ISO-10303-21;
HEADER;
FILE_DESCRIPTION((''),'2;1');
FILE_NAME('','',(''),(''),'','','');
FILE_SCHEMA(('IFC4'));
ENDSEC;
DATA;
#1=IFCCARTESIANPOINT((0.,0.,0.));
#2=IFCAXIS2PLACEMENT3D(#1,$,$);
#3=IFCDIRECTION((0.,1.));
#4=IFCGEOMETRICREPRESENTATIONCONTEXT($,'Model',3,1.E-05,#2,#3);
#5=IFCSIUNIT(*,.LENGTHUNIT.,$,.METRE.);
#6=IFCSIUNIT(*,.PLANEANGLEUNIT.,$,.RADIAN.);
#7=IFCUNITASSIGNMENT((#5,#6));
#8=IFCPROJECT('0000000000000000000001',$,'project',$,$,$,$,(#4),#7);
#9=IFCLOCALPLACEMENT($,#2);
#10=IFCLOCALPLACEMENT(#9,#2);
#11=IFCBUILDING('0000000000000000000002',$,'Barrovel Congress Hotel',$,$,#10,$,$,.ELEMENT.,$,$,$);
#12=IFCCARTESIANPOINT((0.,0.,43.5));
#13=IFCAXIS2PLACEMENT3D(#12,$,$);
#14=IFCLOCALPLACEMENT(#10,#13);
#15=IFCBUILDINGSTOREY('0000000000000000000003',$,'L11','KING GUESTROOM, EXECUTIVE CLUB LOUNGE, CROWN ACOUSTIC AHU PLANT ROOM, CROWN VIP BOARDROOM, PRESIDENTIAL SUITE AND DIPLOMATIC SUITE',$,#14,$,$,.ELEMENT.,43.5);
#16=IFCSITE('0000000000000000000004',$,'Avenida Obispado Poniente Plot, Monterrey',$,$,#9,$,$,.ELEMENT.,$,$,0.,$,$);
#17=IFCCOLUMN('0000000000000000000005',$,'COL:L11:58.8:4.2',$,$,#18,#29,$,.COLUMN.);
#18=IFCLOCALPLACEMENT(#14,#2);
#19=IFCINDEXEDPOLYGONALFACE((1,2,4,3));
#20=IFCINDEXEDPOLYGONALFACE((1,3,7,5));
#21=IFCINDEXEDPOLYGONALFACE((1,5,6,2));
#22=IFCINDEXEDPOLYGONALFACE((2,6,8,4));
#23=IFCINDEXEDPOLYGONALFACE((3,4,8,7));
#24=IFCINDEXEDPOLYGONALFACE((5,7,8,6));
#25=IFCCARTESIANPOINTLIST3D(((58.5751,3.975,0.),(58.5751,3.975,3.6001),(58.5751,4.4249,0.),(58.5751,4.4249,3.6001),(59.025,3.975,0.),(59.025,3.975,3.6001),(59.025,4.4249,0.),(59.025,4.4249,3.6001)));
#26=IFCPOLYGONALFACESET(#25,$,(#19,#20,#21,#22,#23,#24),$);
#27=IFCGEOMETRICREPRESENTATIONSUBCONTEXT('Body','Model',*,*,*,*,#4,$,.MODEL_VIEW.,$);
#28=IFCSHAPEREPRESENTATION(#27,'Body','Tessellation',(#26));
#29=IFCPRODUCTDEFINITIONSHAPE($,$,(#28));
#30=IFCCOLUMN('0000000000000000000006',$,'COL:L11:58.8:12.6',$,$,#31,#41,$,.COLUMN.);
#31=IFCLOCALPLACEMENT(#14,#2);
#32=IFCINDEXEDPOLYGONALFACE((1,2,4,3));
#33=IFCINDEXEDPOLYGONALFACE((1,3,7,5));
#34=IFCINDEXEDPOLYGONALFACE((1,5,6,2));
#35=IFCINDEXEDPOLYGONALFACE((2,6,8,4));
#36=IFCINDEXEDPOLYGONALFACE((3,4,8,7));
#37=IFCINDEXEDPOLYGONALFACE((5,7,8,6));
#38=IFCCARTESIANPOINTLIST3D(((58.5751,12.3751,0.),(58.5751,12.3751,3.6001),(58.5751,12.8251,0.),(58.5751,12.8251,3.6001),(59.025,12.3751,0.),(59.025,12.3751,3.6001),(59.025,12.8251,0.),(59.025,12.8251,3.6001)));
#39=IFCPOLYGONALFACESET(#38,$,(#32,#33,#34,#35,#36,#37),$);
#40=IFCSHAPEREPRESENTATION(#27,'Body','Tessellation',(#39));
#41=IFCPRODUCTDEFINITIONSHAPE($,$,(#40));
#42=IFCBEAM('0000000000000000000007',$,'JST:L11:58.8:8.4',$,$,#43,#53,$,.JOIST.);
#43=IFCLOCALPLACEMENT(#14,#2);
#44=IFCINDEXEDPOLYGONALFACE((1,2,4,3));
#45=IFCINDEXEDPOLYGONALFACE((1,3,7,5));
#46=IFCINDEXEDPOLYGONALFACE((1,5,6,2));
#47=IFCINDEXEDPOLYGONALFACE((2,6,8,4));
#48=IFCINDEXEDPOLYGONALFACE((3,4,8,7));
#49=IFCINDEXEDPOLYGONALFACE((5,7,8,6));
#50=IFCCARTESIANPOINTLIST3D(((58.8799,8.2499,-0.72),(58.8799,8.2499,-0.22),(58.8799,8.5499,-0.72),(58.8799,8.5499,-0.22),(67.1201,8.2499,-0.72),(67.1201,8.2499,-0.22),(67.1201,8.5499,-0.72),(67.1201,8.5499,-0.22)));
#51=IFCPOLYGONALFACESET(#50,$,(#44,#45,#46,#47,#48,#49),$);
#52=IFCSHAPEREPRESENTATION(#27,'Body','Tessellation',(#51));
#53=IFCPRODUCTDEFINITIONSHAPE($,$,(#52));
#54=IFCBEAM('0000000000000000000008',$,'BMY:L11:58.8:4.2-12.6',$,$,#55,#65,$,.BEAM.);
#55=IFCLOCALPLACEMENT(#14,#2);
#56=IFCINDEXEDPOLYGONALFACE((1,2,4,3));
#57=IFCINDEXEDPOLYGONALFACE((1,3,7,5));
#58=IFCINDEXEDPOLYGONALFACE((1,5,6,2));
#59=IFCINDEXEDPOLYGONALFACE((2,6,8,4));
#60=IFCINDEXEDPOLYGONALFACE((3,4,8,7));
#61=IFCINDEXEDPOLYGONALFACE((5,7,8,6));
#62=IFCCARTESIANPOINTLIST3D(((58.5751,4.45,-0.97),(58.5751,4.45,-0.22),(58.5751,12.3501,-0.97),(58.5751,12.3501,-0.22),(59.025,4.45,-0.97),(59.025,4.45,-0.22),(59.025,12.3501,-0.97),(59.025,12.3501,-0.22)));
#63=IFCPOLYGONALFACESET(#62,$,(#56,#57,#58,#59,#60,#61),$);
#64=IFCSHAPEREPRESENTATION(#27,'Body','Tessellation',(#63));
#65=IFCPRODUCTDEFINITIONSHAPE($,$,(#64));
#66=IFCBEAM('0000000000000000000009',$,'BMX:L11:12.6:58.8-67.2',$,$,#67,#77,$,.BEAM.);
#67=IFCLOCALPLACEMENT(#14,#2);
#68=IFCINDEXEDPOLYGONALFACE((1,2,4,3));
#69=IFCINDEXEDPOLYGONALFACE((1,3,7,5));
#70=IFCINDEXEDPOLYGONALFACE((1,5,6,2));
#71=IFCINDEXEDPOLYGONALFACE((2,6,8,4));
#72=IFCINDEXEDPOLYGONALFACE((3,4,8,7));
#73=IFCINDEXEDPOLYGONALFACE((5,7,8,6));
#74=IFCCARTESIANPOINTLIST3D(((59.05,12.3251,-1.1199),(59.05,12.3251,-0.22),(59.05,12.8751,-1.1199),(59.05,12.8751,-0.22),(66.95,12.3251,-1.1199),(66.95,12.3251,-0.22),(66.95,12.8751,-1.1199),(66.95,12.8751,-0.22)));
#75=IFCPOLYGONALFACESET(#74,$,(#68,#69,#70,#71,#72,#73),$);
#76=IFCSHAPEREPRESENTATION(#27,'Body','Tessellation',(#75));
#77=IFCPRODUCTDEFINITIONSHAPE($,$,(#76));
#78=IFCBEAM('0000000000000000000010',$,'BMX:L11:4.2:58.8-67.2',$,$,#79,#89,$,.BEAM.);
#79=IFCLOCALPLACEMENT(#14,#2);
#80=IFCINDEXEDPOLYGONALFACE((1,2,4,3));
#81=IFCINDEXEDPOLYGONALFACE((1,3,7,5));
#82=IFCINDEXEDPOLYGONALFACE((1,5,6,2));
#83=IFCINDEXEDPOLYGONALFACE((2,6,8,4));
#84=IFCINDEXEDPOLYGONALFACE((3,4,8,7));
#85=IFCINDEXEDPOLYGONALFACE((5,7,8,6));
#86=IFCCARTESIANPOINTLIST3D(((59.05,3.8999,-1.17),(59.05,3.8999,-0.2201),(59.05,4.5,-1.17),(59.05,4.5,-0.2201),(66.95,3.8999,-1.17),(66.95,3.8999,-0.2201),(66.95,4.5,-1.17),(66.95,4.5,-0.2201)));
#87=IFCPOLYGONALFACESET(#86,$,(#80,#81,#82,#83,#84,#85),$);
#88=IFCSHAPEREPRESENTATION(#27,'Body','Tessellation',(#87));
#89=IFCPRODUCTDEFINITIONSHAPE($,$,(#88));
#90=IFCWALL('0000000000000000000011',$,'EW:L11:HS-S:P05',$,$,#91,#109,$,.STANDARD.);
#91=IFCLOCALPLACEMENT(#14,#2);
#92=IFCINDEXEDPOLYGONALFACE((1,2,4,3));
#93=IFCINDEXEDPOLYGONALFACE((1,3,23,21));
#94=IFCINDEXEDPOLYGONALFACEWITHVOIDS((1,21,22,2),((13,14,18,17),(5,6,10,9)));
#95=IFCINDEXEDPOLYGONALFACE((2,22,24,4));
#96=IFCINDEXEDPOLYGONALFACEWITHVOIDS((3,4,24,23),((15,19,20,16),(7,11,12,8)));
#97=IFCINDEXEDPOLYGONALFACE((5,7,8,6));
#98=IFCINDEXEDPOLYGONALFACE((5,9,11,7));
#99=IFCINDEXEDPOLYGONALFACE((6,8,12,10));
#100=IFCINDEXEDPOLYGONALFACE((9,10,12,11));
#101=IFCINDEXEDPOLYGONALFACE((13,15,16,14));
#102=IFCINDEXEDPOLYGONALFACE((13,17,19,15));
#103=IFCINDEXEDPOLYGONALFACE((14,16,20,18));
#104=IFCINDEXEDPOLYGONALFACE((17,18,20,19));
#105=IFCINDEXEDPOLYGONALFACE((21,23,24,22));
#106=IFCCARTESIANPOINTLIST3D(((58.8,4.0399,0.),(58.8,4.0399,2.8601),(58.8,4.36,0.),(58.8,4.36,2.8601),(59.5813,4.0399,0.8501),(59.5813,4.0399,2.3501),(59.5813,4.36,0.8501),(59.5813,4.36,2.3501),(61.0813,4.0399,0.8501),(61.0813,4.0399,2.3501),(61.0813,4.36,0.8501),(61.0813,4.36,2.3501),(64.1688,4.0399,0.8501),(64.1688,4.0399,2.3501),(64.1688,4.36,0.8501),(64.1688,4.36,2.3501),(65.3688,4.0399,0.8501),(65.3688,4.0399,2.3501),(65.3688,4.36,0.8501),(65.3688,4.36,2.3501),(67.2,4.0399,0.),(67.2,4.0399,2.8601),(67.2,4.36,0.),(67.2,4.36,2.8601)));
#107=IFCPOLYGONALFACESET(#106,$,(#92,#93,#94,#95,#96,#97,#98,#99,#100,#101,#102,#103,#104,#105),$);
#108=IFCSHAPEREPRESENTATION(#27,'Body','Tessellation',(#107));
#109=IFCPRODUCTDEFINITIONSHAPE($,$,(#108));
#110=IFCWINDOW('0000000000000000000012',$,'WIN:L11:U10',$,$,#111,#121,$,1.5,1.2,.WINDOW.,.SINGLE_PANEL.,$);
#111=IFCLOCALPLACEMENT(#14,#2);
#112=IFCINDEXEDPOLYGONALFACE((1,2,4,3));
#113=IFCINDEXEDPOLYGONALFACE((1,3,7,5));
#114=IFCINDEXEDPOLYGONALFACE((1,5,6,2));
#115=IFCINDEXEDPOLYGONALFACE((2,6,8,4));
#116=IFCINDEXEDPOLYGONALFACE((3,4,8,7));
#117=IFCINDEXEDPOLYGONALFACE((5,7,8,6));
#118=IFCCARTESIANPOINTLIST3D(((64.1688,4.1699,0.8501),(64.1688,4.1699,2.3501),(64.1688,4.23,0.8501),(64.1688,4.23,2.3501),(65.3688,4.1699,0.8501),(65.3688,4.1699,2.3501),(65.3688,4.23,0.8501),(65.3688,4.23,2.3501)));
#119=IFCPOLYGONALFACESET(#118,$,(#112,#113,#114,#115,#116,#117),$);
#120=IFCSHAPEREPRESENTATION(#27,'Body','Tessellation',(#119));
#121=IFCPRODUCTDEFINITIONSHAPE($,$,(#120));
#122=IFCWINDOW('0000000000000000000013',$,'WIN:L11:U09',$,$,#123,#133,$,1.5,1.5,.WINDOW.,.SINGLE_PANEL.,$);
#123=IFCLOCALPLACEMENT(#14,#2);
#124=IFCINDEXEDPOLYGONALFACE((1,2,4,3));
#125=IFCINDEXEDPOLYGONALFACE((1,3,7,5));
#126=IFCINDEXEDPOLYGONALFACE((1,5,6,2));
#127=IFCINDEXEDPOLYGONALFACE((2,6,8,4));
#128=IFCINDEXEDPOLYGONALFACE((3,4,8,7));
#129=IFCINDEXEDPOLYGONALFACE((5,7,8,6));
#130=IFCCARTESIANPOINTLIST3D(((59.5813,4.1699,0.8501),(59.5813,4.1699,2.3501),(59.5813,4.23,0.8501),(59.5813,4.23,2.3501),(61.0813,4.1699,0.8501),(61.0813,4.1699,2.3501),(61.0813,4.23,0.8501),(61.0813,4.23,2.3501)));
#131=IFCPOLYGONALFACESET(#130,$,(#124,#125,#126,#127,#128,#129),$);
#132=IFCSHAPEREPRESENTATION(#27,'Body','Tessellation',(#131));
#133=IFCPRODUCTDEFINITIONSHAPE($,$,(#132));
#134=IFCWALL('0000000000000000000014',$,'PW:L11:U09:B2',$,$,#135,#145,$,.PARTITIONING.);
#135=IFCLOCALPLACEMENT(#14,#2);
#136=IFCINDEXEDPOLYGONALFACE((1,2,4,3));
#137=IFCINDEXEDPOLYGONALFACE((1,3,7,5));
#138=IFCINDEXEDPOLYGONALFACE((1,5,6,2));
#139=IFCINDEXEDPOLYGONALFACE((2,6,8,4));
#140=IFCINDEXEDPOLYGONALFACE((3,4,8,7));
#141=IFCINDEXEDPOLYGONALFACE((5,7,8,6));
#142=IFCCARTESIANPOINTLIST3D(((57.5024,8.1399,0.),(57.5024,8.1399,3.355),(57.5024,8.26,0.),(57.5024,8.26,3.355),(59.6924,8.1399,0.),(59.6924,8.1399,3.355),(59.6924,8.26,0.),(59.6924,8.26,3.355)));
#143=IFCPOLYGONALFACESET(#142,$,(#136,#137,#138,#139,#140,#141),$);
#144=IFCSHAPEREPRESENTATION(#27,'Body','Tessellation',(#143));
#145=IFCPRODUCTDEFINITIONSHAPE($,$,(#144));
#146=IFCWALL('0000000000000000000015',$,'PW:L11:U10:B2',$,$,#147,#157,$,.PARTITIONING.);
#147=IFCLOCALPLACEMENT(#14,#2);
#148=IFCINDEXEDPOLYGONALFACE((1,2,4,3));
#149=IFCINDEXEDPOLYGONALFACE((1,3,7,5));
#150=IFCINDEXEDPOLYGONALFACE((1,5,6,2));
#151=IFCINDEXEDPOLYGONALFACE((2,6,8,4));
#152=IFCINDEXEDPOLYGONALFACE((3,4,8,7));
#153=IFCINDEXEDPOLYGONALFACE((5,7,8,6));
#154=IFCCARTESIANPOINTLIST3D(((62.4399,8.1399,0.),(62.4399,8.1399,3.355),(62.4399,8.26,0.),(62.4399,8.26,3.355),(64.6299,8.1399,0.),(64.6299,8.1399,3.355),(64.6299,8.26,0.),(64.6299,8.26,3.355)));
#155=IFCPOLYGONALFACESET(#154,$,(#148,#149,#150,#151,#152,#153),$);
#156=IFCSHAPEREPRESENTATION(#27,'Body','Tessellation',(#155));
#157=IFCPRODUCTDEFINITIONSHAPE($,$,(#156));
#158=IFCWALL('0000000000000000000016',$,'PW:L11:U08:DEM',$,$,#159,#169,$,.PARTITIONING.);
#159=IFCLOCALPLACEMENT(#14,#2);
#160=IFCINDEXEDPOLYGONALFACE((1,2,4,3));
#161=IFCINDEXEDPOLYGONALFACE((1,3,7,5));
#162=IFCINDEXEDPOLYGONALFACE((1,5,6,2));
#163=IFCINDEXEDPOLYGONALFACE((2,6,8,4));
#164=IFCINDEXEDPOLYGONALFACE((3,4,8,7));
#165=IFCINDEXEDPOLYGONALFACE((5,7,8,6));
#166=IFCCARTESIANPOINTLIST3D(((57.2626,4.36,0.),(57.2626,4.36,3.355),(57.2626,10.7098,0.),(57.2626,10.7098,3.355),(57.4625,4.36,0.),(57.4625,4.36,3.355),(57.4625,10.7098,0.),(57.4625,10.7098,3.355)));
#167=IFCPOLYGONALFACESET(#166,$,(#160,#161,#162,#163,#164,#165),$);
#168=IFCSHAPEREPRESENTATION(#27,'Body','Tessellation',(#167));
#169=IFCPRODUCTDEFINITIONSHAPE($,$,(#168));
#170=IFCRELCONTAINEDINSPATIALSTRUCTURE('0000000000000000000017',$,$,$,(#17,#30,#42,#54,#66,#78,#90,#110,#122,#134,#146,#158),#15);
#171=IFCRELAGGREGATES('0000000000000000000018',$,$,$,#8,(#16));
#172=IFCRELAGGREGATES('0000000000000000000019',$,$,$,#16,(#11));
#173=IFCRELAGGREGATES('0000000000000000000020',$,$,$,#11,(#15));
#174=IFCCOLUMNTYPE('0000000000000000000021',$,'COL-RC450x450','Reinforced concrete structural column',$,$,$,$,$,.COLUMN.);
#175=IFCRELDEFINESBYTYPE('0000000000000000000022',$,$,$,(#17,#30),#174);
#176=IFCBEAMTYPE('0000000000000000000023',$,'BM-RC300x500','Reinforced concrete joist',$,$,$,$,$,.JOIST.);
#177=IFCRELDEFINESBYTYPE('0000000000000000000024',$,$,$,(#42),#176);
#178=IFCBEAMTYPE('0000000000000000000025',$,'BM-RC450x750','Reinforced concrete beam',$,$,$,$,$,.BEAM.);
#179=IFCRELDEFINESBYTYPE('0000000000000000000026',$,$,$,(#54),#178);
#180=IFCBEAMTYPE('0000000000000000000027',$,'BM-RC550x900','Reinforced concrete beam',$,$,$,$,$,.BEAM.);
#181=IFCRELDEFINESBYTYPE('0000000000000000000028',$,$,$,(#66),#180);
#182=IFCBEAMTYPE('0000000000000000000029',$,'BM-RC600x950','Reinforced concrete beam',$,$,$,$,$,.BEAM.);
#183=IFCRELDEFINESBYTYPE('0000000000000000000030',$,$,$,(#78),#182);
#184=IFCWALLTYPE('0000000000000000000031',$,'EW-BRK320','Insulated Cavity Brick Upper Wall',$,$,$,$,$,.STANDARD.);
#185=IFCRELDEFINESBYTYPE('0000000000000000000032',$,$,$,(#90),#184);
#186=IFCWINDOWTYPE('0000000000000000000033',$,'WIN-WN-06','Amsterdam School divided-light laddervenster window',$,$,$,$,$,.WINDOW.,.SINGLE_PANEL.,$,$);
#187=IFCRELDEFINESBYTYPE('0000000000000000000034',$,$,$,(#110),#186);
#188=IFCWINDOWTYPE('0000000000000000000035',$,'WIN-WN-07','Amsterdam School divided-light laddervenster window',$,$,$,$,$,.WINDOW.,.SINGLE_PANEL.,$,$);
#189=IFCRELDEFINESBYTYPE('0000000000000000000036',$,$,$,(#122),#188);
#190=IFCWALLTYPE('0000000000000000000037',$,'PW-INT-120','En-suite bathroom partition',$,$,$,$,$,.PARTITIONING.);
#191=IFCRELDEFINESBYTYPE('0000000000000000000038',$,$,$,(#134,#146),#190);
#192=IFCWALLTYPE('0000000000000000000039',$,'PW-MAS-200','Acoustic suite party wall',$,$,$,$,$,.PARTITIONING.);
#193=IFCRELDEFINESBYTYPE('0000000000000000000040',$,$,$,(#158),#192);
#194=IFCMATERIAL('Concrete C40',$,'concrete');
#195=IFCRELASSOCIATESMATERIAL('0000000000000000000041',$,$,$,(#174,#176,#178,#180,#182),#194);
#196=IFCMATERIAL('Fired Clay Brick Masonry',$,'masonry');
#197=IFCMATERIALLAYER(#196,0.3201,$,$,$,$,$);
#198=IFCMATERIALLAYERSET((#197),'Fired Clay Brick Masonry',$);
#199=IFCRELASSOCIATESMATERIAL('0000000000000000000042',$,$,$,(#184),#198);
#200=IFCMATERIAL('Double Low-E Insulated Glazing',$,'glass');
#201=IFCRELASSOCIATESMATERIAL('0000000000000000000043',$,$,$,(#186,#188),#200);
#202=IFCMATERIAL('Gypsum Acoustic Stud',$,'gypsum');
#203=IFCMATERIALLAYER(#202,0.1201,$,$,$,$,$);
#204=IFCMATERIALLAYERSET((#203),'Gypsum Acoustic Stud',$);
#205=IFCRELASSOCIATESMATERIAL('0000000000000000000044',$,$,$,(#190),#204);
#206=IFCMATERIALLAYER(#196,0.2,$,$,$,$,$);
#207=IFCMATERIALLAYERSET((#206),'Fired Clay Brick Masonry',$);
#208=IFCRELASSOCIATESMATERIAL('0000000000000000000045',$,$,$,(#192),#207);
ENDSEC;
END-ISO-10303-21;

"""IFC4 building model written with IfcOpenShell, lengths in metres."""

from ifc_helpers import new_model, si_unit, direction, frame, frame_2d, origin, origin_2d, place, context, subcontext, project, spatial, rectangle, extrude, material, layer, layer_set, material_profile, profile_set, type_object, element, fill, save


model = new_model("IFC4")

# Units and contexts
model_context = context("Model", 3, precision=1e-05, world=origin(), true_north=direction((0.0, 1.0)))
body_context = subcontext(model_context, "Body", "Model", "MODEL_VIEW")
ifc_project = project(units=[si_unit("LENGTHUNIT", "METRE"), si_unit("PLANEANGLEUNIT", "RADIAN")], contexts=[model_context])

# Site, building, storey
site_placement = place(None, origin())
site = spatial("IfcSite", under=ifc_project, at=site_placement, Name="Avenida Obispado Poniente Plot, Monterrey", CompositionType="ELEMENT", RefElevation=0.0)
building_placement = place(site_placement, origin())
building = spatial("IfcBuilding", under=site, at=building_placement, Name="Barrovel Congress Hotel", CompositionType="ELEMENT")
storey_placement = place(building_placement, frame((0.0, 0.0, 43.5)))
storey = spatial("IfcBuildingStorey", under=building, at=storey_placement, Name="L11", Description="KING GUESTROOM, EXECUTIVE CLUB LOUNGE, CROWN ACOUSTIC AHU PLANT ROOM, CROWN VIP BOARDROOM, PRESIDENTIAL SUITE AND DIPLOMATIC SUITE", CompositionType="ELEMENT", Elevation=43.5)

# Columns
ifc_material_1 = material(Name="Concrete C40", Category="concrete")
ifc_material_profile_1 = material_profile(ifc_material_1, rectangle(XDim=0.45, YDim=0.45, at=origin_2d()), Name="RC450x450")
ifc_profile_set_1 = profile_set([ifc_material_profile_1], Name="Concrete C40")
column_type = type_object("IfcColumnType", Name="COL-RC450x450", Description="Reinforced concrete structural column", PredefinedType="COLUMN", material=ifc_profile_set_1)
for number, where, z_axis, x_axis, name in (
    (1, (58.8, 4.2, 0.0), (0.0, 0.0, 1.0), (1.0, 0.0, 0.0), "COL:L11:58.8:4.2"),
    (2, (58.8, 12.6001, 0.0), (0.0, 0.0, 1.0), (1.0, 0.0, 0.0), "COL:L11:58.8:12.6"),
):
    element("IfcColumn", number, at=place(storey_placement, frame(where, z_axis=z_axis, x_axis=x_axis)), inside=storey, type_object=column_type, Name=name, PredefinedType="COLUMN", context=body_context, shape_type="SweptSolid", body=[
        extrude(rectangle(XDim=0.45, YDim=0.45, at=origin_2d()), origin(), (0.0, 0.0, 1.0), 3.6001),
    ])

# Beams
ifc_material_profile_2 = material_profile(ifc_material_1, rectangle(XDim=0.3, YDim=0.5, at=origin_2d()), Name="RC300x500")
ifc_profile_set_2 = profile_set([ifc_material_profile_2], Name="Concrete C40")
beam_type_1 = type_object("IfcBeamType", Name="BM-RC300x500", Description="Reinforced concrete joist", PredefinedType="JOIST", material=ifc_profile_set_2)
beam_1_placement = place(storey_placement, frame((58.8799, 8.3999, -0.47), z_axis=(1.0, 0.0, 0.0), x_axis=(0.0, 1.0, 0.0)))
element("IfcBeam", 3, at=beam_1_placement, inside=storey, type_object=beam_type_1, Name="JST:L11:58.8:8.4", PredefinedType="JOIST", context=body_context, shape_type="SweptSolid", body=[
    extrude(rectangle(XDim=0.3, YDim=0.5, at=origin_2d()), origin(), (0.0, 0.0, 1.0), 8.2402),
])
ifc_material_profile_3 = material_profile(ifc_material_1, rectangle(XDim=0.45, YDim=0.75, at=origin_2d()), Name="RC450x750")
ifc_profile_set_3 = profile_set([ifc_material_profile_3], Name="Concrete C40")
beam_type_2 = type_object("IfcBeamType", Name="BM-RC450x750", Description="Reinforced concrete beam", PredefinedType="BEAM", material=ifc_profile_set_3)
beam_2_placement = place(storey_placement, frame((58.8, 4.45, -0.595), z_axis=(0.0, 1.0, 0.0), x_axis=(-1.0, 0.0, 0.0)))
element("IfcBeam", 4, at=beam_2_placement, inside=storey, type_object=beam_type_2, Name="BMY:L11:58.8:4.2-12.6", PredefinedType="BEAM", context=body_context, shape_type="SweptSolid", body=[
    extrude(rectangle(XDim=0.45, YDim=0.75, at=origin_2d()), origin(), (0.0, 0.0, 1.0), 7.9001),
])
ifc_material_profile_4 = material_profile(ifc_material_1, rectangle(XDim=0.55, YDim=0.8999, at=origin_2d()), Name="RC550x900")
ifc_profile_set_4 = profile_set([ifc_material_profile_4], Name="Concrete C40")
beam_type_3 = type_object("IfcBeamType", Name="BM-RC550x900", Description="Reinforced concrete beam", PredefinedType="BEAM", material=ifc_profile_set_4)
beam_3_placement = place(storey_placement, frame((59.05, 12.6001, -0.6699), z_axis=(1.0, 0.0, 0.0), x_axis=(0.0, 1.0, 0.0)))
element("IfcBeam", 5, at=beam_3_placement, inside=storey, type_object=beam_type_3, Name="BMX:L11:12.6:58.8-67.2", PredefinedType="BEAM", context=body_context, shape_type="SweptSolid", body=[
    extrude(rectangle(XDim=0.55, YDim=0.8999, at=origin_2d()), origin(), (0.0, 0.0, 1.0), 7.8999),
])
ifc_material_profile_5 = material_profile(ifc_material_1, rectangle(XDim=0.6001, YDim=0.95, at=origin_2d()), Name="RC600x950")
ifc_profile_set_5 = profile_set([ifc_material_profile_5], Name="Concrete C40")
beam_type_4 = type_object("IfcBeamType", Name="BM-RC600x950", Description="Reinforced concrete beam", PredefinedType="BEAM", material=ifc_profile_set_5)
beam_4_placement = place(storey_placement, frame((59.05, 4.2, -0.6951), z_axis=(1.0, 0.0, 0.0), x_axis=(0.0, 1.0, 0.0)))
element("IfcBeam", 6, at=beam_4_placement, inside=storey, type_object=beam_type_4, Name="BMX:L11:4.2:58.8-67.2", PredefinedType="BEAM", context=body_context, shape_type="SweptSolid", body=[
    extrude(rectangle(XDim=0.6001, YDim=0.95, at=origin_2d()), origin(), (0.0, 0.0, 1.0), 7.8999),
])

# Wall, openings, windows
ifc_material_2 = material(Name="Fired Clay Brick Masonry", Category="masonry")
ifc_layer_1 = layer(ifc_material_2, 0.3201)
ifc_layer_set_1 = layer_set([ifc_layer_1], Name="Fired Clay Brick Masonry")
wall_type_1 = type_object("IfcWallType", Name="EW-BRK320", Description="Insulated Cavity Brick Upper Wall", PredefinedType="STANDARD", material=ifc_layer_set_1)
wall_1_placement = place(storey_placement, frame((58.8, 4.2, 0.0), z_axis=(0.0, 0.0, 1.0), x_axis=(1.0, 0.0, 0.0)))
wall_1 = element("IfcWall", 7, at=wall_1_placement, inside=storey, type_object=wall_type_1, Name="EW:L11:HS-S:P05", PredefinedType="STANDARD", context=body_context, shape_type="SweptSolid", body=[
    extrude(rectangle(XDim=8.3999, YDim=0.3201, at=frame_2d((4.2, 0.0))), origin(), (0.0, 0.0, 1.0), 2.8601),
])
opening_1_placement = place(wall_1_placement, frame((0.7812, 0.0, 0.8501)))
opening_1 = element("IfcOpeningElement", 8, at=opening_1_placement, cuts=wall_1, PredefinedType="OPENING", context=body_context, shape_type="SweptSolid", body=[
    extrude(rectangle(XDim=1.5, YDim=1.5, at=frame_2d((0.75, 0.75))), frame((0.0, 0.1699, 0.0), z_axis=(0.0, -1.0, 0.0), x_axis=(1.0, 0.0, 0.0)), (0.0, 0.0, 1.0), 0.3401),
])
opening_2_placement = place(wall_1_placement, frame((5.3687, 0.0, 0.8501)))
opening_2 = element("IfcOpeningElement", 9, at=opening_2_placement, cuts=wall_1, PredefinedType="OPENING", context=body_context, shape_type="SweptSolid", body=[
    extrude(rectangle(XDim=1.2, YDim=1.5, at=frame_2d((0.6001, 0.75))), frame((0.0, 0.1699, 0.0), z_axis=(0.0, -1.0, 0.0), x_axis=(1.0, 0.0, 0.0)), (0.0, 0.0, 1.0), 0.3401),
])
ifc_material_3 = material(Name="Double Low-E Insulated Glazing", Category="glass")
window_type_1 = type_object("IfcWindowType", Name="WIN-WN-06", Description="Amsterdam School divided-light laddervenster window", PartitioningType="SINGLE_PANEL", PredefinedType="WINDOW", material=ifc_material_3)
window_1_placement = place(opening_2_placement, origin())
window_1 = element("IfcWindow", 10, at=window_1_placement, inside=storey, type_object=window_type_1, Name="WIN:L11:U10", OverallHeight=1.5, OverallWidth=1.2, PartitioningType="SINGLE_PANEL", PredefinedType="WINDOW", context=body_context, shape_type="SweptSolid", body=[
    extrude(rectangle(XDim=1.2, YDim=1.5, at=frame_2d((0.6001, 0.75))), frame((0.0, 0.03, 0.0), z_axis=(0.0, -1.0, 0.0), x_axis=(1.0, 0.0, 0.0)), (0.0, 0.0, 1.0), 0.0601),
])
fill(opening_2, window_1)
window_type_2 = type_object("IfcWindowType", Name="WIN-WN-07", Description="Amsterdam School divided-light laddervenster window", PartitioningType="SINGLE_PANEL", PredefinedType="WINDOW", material=ifc_material_3)
window_2_placement = place(opening_1_placement, origin())
window_2 = element("IfcWindow", 11, at=window_2_placement, inside=storey, type_object=window_type_2, Name="WIN:L11:U09", OverallHeight=1.5, OverallWidth=1.5, PartitioningType="SINGLE_PANEL", PredefinedType="WINDOW", context=body_context, shape_type="SweptSolid", body=[
    extrude(rectangle(XDim=1.5, YDim=1.5, at=frame_2d((0.75, 0.75))), frame((0.0, 0.03, 0.0), z_axis=(0.0, -1.0, 0.0), x_axis=(1.0, 0.0, 0.0)), (0.0, 0.0, 1.0), 0.0601),
])
fill(opening_1, window_2)

# Shared definitions
ifc_material_4 = material(Name="Gypsum Acoustic Stud", Category="gypsum")

# Walls
ifc_layer_2 = layer(ifc_material_4, 0.1201)
ifc_layer_set_2 = layer_set([ifc_layer_2], Name="Gypsum Acoustic Stud")
wall_type_2 = type_object("IfcWallType", Name="PW-INT-120", Description="En-suite bathroom partition", PredefinedType="PARTITIONING", material=ifc_layer_set_2)
for number, where, z_axis, x_axis, name in (
    (12, (57.5024, 8.2, 0.0), (0.0, 0.0, 1.0), (1.0, 0.0, 0.0), "PW:L11:U09:B2"),
    (13, (62.4399, 8.2, 0.0), (0.0, 0.0, 1.0), (1.0, 0.0, 0.0), "PW:L11:U10:B2"),
):
    element("IfcWall", number, at=place(storey_placement, frame(where, z_axis=z_axis, x_axis=x_axis)), inside=storey, type_object=wall_type_2, Name=name, PredefinedType="PARTITIONING", context=body_context, shape_type="SweptSolid", body=[
        extrude(rectangle(XDim=2.1899, YDim=0.1201, at=frame_2d((1.095, 0.0))), origin(), (0.0, 0.0, 1.0), 3.355),
    ])
ifc_layer_3 = layer(ifc_material_2, 0.2)
ifc_layer_set_3 = layer_set([ifc_layer_3], Name="Fired Clay Brick Masonry")
wall_type_3 = type_object("IfcWallType", Name="PW-MAS-200", Description="Acoustic suite party wall", PredefinedType="PARTITIONING", material=ifc_layer_set_3)
for number, where, z_axis, x_axis, name in (
    (14, (57.3625, 4.3601, 0.0), (0.0, 0.0, 1.0), (0.0, 1.0, 0.0), "PW:L11:U08:DEM"),
):
    element("IfcWall", number, at=place(storey_placement, frame(where, z_axis=z_axis, x_axis=x_axis)), inside=storey, type_object=wall_type_3, Name=name, PredefinedType="PARTITIONING", context=body_context, shape_type="SweptSolid", body=[
        extrude(rectangle(XDim=6.3499, YDim=0.2, at=frame_2d((3.1748, 0.0))), origin(), (0.0, 0.0, 1.0), 3.355),
    ])

save(model, "model.ifc")
